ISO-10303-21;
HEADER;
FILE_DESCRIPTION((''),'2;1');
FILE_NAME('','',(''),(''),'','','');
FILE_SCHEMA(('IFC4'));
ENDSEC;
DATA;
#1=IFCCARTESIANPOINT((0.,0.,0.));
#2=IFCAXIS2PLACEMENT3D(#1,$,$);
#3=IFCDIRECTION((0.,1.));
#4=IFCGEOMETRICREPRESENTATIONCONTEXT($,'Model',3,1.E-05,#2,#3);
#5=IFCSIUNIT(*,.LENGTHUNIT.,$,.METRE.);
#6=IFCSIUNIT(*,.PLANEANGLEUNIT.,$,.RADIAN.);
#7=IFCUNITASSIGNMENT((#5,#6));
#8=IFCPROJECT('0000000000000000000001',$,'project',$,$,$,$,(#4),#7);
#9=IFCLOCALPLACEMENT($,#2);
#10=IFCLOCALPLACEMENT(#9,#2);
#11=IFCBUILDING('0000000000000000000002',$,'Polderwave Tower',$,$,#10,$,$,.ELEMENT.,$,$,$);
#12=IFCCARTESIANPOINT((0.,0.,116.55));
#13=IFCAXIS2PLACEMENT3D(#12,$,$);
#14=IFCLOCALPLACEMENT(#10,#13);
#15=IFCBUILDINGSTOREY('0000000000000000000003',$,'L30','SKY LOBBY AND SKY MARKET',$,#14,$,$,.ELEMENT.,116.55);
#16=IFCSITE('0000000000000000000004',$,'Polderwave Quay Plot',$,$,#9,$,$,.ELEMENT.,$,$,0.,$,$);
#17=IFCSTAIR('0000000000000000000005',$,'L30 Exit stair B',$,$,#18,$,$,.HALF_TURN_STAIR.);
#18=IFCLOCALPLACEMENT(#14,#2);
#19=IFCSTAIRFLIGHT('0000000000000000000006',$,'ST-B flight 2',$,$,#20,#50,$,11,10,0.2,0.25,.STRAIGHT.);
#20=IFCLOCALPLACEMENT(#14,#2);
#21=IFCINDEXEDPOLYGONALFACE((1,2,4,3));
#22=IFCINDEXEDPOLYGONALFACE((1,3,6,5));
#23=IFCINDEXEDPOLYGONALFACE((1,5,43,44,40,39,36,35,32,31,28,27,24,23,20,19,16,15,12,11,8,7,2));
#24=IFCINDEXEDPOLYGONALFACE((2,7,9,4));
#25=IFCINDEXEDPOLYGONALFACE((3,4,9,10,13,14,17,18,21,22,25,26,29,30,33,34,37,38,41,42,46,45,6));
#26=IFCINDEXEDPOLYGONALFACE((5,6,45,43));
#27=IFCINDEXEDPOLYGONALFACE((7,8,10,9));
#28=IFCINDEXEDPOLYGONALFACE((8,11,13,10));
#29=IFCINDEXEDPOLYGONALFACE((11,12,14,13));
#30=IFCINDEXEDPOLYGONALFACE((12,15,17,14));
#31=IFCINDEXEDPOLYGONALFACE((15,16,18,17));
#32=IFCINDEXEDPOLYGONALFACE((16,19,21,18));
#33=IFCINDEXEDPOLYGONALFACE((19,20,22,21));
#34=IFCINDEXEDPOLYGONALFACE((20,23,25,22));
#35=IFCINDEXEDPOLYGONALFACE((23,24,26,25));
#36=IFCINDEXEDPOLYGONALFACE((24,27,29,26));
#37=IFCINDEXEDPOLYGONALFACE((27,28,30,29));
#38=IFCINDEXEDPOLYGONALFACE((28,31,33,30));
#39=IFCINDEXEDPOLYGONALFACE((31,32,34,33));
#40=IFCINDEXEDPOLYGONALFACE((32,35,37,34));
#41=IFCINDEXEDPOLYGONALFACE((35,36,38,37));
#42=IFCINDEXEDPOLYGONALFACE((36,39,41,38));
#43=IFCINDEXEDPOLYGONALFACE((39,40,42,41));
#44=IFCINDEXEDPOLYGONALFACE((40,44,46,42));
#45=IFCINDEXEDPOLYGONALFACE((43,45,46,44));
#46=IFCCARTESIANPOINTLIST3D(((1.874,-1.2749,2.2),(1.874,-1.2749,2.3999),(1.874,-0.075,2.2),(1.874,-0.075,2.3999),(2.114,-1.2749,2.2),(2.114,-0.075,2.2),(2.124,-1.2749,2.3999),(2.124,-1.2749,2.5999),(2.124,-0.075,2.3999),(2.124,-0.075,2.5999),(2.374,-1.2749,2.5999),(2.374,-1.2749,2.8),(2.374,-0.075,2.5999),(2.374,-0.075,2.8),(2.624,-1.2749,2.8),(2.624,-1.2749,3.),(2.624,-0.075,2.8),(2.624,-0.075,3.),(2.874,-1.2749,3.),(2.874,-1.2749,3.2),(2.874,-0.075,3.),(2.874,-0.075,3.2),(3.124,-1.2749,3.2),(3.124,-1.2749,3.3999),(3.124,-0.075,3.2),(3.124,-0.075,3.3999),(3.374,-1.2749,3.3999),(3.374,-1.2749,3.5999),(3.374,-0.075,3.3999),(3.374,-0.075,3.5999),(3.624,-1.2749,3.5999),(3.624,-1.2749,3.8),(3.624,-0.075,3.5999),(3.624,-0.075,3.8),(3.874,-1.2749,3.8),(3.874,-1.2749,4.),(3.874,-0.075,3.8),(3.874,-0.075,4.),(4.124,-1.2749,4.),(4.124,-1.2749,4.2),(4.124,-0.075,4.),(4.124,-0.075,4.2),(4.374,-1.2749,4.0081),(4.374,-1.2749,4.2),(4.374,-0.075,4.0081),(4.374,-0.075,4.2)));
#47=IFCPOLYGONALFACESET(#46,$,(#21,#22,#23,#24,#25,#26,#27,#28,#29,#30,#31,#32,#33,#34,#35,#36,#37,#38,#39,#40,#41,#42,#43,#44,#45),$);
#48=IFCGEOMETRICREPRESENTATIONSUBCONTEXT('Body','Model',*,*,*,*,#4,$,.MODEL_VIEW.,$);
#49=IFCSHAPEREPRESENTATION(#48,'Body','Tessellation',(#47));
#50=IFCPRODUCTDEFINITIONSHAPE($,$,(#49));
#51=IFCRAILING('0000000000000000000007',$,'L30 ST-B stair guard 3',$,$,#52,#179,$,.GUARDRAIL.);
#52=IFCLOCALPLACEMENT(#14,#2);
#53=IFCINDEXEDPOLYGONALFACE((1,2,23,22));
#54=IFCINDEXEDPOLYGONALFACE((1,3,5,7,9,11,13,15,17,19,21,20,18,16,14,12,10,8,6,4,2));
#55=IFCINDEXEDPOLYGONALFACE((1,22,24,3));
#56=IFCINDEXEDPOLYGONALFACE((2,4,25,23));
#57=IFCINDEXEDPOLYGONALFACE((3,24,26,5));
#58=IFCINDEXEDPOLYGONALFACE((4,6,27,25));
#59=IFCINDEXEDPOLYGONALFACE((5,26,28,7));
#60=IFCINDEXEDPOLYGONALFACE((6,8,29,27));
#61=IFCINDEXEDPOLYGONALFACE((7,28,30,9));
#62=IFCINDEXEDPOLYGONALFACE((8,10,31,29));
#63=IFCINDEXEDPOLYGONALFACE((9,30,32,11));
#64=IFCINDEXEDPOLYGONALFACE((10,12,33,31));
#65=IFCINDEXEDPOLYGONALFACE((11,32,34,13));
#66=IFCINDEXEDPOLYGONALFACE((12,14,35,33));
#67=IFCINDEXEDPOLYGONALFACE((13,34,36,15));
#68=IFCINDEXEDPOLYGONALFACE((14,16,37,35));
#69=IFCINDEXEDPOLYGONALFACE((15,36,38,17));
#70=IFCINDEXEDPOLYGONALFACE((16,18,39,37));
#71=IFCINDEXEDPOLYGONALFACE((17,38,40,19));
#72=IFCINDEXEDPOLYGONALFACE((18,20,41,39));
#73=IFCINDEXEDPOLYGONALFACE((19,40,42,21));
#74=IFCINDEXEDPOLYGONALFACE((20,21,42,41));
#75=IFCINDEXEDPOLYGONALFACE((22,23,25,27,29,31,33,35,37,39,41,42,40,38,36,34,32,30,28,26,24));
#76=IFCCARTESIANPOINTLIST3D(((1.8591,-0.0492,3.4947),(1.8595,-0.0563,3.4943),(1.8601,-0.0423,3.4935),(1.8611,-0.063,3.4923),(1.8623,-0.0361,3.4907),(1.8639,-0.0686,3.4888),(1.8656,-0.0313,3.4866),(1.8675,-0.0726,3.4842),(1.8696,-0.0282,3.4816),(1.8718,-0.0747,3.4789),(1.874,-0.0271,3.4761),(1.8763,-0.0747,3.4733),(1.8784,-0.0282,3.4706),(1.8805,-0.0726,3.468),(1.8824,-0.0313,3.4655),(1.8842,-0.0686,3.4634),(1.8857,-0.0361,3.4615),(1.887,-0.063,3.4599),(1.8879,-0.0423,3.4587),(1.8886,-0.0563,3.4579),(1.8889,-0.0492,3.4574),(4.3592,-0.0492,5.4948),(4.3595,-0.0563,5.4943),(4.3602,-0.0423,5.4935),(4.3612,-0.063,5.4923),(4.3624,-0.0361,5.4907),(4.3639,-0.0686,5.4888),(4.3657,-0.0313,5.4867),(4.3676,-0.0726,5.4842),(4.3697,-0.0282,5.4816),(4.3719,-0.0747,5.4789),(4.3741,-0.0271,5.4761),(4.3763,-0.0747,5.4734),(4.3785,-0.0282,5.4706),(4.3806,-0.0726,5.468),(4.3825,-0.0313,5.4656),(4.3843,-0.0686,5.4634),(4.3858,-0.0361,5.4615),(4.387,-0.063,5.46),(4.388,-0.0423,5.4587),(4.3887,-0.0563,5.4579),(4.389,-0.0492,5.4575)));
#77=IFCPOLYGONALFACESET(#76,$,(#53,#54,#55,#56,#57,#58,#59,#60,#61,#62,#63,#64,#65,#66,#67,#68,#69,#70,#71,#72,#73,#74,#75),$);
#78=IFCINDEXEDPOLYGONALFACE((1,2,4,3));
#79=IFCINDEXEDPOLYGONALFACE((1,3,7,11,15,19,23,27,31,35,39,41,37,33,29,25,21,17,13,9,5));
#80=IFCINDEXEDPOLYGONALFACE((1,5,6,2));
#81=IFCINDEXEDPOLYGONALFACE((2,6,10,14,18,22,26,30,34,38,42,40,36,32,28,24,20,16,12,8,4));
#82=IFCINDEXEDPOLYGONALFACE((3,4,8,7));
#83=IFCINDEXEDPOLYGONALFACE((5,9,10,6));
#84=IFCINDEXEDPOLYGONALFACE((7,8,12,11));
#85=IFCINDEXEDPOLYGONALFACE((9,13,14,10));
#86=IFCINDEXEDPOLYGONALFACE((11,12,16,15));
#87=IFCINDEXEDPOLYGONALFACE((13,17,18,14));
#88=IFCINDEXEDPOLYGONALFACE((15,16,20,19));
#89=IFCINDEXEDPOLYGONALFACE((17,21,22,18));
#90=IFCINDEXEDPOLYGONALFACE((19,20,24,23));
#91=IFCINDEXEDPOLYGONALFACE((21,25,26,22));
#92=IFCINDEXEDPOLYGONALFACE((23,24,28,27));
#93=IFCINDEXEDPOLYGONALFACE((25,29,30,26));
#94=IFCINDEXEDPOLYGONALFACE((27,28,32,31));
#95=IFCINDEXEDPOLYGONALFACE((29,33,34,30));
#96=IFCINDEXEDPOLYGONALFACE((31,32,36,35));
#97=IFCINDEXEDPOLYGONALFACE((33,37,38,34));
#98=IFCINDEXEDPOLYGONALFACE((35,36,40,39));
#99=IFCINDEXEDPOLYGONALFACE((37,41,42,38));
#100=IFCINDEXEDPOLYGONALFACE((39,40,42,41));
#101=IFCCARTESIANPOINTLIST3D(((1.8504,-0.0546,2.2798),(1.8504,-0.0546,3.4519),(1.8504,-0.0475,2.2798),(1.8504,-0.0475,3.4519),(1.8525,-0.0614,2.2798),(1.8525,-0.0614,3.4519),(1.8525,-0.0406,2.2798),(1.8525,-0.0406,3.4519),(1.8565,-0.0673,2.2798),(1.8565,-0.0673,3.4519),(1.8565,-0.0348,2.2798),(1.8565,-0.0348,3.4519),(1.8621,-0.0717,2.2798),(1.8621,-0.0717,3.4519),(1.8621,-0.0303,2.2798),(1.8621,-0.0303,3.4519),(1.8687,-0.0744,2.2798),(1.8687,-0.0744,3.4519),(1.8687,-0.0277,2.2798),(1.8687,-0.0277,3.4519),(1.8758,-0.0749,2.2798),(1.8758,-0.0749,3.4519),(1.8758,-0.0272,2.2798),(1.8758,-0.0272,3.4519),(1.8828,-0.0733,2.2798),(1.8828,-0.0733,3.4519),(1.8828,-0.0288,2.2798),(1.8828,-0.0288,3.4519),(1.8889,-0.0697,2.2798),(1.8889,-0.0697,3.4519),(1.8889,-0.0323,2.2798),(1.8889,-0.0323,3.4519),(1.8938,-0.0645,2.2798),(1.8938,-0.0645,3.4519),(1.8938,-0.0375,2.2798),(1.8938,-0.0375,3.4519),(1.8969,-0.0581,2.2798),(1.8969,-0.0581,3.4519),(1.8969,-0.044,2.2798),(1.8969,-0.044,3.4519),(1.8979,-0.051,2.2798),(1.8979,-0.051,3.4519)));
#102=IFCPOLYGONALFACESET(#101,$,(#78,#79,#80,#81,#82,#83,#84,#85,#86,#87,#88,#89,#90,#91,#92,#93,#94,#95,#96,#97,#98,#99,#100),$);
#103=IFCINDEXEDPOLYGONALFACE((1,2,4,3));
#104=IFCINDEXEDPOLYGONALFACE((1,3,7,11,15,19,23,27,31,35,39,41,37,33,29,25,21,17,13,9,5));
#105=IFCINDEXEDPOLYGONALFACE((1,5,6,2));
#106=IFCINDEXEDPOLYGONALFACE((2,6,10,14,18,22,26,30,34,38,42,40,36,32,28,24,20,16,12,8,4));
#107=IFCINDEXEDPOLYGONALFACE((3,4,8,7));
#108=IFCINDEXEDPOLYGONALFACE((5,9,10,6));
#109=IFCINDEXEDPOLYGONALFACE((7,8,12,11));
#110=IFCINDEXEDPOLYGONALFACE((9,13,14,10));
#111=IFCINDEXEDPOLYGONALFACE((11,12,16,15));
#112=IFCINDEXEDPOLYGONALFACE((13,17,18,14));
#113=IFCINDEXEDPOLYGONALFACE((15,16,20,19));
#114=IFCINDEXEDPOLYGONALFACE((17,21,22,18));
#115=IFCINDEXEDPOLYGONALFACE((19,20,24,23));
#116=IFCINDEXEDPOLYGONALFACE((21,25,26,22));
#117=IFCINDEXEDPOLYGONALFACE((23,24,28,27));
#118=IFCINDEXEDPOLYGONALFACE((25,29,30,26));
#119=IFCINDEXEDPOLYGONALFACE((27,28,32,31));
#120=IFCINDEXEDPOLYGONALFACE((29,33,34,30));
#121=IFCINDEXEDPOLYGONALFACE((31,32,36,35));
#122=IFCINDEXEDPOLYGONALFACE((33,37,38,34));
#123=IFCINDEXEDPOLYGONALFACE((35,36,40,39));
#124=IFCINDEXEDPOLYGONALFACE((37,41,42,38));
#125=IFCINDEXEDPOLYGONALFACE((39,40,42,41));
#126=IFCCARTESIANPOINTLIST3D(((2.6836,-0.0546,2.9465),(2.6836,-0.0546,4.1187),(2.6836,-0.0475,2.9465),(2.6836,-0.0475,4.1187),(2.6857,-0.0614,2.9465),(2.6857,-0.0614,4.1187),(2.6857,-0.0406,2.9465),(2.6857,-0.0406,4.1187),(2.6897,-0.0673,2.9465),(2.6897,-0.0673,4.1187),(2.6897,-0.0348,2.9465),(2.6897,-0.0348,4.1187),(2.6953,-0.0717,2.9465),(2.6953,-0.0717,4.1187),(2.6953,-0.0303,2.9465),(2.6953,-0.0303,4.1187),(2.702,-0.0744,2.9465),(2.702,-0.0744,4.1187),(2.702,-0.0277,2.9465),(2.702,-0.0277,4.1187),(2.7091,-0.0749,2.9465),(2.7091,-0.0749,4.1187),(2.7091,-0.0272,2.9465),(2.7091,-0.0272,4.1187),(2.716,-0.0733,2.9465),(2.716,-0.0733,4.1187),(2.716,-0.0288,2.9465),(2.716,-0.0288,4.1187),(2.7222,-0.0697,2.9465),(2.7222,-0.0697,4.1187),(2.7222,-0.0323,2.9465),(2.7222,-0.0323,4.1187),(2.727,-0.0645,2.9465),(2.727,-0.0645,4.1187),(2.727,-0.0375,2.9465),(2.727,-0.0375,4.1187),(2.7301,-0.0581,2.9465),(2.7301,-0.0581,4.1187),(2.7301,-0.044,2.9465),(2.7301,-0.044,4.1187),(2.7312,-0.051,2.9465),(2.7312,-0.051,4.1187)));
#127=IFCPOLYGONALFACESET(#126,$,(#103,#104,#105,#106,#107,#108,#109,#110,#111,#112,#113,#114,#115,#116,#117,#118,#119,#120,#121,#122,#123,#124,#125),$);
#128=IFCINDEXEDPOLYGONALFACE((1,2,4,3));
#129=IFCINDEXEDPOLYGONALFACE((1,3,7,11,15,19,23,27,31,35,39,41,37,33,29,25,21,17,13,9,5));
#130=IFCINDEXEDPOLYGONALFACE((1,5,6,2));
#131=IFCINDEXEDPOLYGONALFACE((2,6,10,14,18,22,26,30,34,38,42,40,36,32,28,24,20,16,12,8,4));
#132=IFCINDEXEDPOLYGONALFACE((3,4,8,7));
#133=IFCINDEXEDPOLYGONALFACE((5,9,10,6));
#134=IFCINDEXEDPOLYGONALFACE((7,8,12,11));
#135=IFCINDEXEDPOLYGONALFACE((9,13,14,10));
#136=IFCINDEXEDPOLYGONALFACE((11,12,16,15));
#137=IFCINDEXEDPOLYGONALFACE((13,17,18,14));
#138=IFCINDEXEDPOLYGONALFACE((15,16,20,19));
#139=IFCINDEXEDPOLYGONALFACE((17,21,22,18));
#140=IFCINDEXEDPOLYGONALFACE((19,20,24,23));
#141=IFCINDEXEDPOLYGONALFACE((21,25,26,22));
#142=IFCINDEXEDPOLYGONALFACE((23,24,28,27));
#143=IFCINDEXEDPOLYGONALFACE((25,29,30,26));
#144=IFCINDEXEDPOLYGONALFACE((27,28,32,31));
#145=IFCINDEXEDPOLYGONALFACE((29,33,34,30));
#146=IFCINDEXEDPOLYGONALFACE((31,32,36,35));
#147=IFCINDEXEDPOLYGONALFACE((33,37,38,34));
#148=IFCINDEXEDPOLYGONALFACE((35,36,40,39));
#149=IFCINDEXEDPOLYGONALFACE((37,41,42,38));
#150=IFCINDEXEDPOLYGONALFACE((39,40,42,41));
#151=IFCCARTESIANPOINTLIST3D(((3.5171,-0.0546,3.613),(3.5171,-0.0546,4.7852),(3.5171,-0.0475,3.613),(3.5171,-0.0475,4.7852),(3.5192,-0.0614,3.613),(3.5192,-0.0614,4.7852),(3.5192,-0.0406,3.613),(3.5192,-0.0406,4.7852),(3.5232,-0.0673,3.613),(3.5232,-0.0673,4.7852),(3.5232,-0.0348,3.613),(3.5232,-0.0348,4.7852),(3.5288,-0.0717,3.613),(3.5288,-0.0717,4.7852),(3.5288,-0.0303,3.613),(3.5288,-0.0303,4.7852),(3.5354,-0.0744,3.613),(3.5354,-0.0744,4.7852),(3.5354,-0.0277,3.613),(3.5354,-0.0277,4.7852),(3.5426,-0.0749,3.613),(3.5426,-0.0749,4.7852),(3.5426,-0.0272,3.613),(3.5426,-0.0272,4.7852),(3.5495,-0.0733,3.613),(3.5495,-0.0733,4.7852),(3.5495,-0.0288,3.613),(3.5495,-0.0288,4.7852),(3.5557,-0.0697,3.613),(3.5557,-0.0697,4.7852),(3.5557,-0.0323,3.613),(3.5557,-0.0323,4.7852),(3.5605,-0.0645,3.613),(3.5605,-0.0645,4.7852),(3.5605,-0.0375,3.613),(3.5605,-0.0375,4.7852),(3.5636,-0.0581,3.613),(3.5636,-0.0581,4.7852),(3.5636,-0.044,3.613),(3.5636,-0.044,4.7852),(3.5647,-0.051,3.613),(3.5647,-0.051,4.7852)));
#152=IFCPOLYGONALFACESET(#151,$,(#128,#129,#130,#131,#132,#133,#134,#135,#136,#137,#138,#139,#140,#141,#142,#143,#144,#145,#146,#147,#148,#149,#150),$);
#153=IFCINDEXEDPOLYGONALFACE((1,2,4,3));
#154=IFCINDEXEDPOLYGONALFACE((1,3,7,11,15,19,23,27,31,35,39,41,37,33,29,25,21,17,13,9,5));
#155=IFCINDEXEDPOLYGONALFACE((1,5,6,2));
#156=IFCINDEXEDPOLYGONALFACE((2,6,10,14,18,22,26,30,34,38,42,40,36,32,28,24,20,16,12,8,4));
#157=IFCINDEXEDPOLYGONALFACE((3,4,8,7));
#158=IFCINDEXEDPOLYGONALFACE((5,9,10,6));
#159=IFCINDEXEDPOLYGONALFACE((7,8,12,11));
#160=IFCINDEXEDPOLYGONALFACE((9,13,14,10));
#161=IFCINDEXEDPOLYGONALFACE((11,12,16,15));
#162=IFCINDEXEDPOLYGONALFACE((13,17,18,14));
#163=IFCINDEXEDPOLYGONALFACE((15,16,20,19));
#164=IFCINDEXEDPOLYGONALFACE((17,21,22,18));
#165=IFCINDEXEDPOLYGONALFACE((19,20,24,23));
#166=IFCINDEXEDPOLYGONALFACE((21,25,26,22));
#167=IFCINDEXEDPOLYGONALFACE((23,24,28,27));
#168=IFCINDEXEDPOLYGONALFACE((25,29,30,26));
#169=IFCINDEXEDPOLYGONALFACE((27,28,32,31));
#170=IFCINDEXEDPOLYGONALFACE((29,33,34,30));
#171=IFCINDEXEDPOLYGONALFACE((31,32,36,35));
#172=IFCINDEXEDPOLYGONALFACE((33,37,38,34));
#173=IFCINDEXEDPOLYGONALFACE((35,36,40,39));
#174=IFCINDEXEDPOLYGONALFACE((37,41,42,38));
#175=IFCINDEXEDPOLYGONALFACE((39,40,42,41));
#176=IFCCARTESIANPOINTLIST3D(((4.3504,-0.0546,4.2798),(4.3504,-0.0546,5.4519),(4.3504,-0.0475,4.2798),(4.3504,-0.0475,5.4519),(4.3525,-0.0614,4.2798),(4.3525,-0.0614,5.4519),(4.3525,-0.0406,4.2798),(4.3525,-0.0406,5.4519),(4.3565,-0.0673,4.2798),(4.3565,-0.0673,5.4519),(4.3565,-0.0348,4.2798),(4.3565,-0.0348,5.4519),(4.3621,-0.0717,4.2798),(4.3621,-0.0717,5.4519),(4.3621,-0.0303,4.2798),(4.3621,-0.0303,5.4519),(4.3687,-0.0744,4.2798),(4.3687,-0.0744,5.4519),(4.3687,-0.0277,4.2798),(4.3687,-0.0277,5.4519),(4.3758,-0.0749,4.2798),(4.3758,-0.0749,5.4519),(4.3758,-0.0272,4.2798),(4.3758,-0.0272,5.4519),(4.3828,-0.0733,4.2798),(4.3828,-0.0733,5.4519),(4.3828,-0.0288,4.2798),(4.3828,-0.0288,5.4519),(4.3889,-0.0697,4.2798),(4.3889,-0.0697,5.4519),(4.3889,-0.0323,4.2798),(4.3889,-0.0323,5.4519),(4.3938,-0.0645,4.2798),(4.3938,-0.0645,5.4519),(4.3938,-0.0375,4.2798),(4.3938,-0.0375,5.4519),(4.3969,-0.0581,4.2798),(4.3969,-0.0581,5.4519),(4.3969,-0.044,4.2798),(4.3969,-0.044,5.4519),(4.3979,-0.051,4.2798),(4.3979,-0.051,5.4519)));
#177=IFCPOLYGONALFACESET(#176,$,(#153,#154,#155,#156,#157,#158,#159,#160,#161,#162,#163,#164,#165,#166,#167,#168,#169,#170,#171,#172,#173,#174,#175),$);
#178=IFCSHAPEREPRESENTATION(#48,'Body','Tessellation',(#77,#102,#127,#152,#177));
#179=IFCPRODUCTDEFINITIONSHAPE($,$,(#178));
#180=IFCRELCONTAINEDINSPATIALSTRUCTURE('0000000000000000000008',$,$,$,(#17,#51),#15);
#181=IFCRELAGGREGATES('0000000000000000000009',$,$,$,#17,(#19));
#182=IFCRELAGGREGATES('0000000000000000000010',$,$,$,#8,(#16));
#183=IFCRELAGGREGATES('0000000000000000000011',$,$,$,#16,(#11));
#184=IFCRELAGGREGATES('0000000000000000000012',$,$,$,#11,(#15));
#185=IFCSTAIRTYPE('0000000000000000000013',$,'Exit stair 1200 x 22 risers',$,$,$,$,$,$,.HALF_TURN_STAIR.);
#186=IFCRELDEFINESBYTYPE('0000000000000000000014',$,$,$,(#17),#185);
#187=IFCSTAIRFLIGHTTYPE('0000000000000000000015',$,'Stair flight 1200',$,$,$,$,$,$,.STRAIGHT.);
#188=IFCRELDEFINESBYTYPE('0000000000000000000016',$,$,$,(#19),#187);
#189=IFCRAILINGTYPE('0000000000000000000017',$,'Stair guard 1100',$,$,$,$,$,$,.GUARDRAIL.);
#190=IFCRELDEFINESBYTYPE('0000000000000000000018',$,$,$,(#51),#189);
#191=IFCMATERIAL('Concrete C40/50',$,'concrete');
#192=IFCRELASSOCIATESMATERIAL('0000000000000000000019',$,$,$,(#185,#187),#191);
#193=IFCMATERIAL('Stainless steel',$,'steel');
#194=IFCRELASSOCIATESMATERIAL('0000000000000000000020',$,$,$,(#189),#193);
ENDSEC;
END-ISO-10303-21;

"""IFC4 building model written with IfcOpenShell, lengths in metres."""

from ifc_helpers import new_model, si_unit, direction, frame, origin, origin_2d, place, context, subcontext, project, spatial, polyline, circle, outline, extrude, material, type_object, element, aggregate, save


model = new_model("IFC4")

# Units and contexts
model_context = context("Model", 3, precision=1e-05, world=origin(), true_north=direction((0.0, 1.0)))
body_context = subcontext(model_context, "Body", "Model", "MODEL_VIEW")
ifc_project = project(units=[si_unit("LENGTHUNIT", "METRE"), si_unit("PLANEANGLEUNIT", "RADIAN")], contexts=[model_context])

# Site, building, storey
site_placement = place(None, origin())
site = spatial("IfcSite", under=ifc_project, at=site_placement, Name="Polderwave Quay Plot", CompositionType="ELEMENT", RefElevation=0.0)
building_placement = place(site_placement, origin())
building = spatial("IfcBuilding", under=site, at=building_placement, Name="Polderwave Tower", CompositionType="ELEMENT")
storey_placement = place(building_placement, frame((0.0, 0.0, 116.55)))
storey = spatial("IfcBuildingStorey", under=building, at=storey_placement, Name="L30", Description="SKY LOBBY AND SKY MARKET", CompositionType="ELEMENT", Elevation=116.55)

# Shared definitions
ifc_material_1 = material(Name="Concrete C40/50", Category="concrete")

# Stair
stair_type = type_object("IfcStairType", Name="Exit stair 1200 x 22 risers", PredefinedType="HALF_TURN_STAIR", material=ifc_material_1)
stair_1_placement = place(storey_placement, origin())
stair_1 = element("IfcStair", 1, at=stair_1_placement, inside=storey, type_object=stair_type, Name="L30 Exit stair B", PredefinedType="HALF_TURN_STAIR")

# Stair flight
stair_flight_type = type_object("IfcStairFlightType", Name="Stair flight 1200", PredefinedType="STRAIGHT", material=ifc_material_1)
stair_flight_placement = place(storey_placement, frame((1.874, -0.675, 2.2), z_axis=(0.0, 0.0, 1.0), x_axis=(1.0, 0.0, 0.0)))
stair_flight = element("IfcStairFlight", 2, at=stair_flight_placement, type_object=stair_flight_type, Name="ST-B flight 2", NumberOfRisers=11, NumberOfTreads=10, PredefinedType="STRAIGHT", RiserHeight=0.2, TreadLength=0.25, context=body_context, shape_type="SweptSolid", body=[
    extrude(outline(polyline([(0.0, 0.0), (0.0, 0.2), (0.25, 0.2), (0.25, 0.3999), (0.5, 0.3999), (0.5, 0.6001), (0.75, 0.6001), (0.75, 0.8), (1.0, 0.8), (1.0, 1.0), (1.25, 1.0), (1.25, 1.2), (1.5, 1.2), (1.5, 1.3999), (1.75, 1.3999), (1.75, 1.6001), (2.0, 1.6001), (2.0, 1.8), (2.25, 1.8), (2.25, 2.0), (2.5, 2.0), (2.5, 2.2), (2.5, 1.8081), (0.24, 0.0), (0.0, 0.0)])), frame((0.0, 0.6001, 0.0), z_axis=(0.0, -1.0, 0.0), x_axis=(1.0, 0.0, 0.0)), (0.0, 0.0, 1.0), 1.2),
])
aggregate(stair_1, [stair_flight])

# Railing
ifc_material_2 = material(Name="Stainless steel", Category="steel")
railing_type_1 = type_object("IfcRailingType", Name="Stair guard 1100", PredefinedType="GUARDRAIL", material=ifc_material_2)
railing_1_placement = place(storey_placement, frame((1.874, -0.051, 2.2798)))
element("IfcRailing", 3, at=railing_1_placement, inside=storey, type_object=railing_type_1, Name="L30 ST-B stair guard 3", PredefinedType="GUARDRAIL", context=body_context, shape_type="SweptSolid", body=[
    extrude(circle(Radius=0.0239, at=origin_2d()), frame((0.0, 0.0, 1.1963), z_axis=(0.780869, 0.0, 0.624695), x_axis=(0.0, 1.0, 0.0)), (0.0, 0.0, 1.0), 3.2017),
    extrude(circle(Radius=0.0239, at=origin_2d()), origin(), (0.0, 0.0, 1.0), 1.1721),
    extrude(circle(Radius=0.0239, at=origin_2d()), frame((0.8333, 0.0, 0.6667)), (0.0, 0.0, 1.0), 1.1721),
    extrude(circle(Radius=0.0239, at=origin_2d()), frame((1.6667, 0.0, 1.3333)), (0.0, 0.0, 1.0), 1.1721),
    extrude(circle(Radius=0.0239, at=origin_2d()), frame((2.5, 0.0, 2.0)), (0.0, 0.0, 1.0), 1.1721),
])

save(model, "model.ifc")
